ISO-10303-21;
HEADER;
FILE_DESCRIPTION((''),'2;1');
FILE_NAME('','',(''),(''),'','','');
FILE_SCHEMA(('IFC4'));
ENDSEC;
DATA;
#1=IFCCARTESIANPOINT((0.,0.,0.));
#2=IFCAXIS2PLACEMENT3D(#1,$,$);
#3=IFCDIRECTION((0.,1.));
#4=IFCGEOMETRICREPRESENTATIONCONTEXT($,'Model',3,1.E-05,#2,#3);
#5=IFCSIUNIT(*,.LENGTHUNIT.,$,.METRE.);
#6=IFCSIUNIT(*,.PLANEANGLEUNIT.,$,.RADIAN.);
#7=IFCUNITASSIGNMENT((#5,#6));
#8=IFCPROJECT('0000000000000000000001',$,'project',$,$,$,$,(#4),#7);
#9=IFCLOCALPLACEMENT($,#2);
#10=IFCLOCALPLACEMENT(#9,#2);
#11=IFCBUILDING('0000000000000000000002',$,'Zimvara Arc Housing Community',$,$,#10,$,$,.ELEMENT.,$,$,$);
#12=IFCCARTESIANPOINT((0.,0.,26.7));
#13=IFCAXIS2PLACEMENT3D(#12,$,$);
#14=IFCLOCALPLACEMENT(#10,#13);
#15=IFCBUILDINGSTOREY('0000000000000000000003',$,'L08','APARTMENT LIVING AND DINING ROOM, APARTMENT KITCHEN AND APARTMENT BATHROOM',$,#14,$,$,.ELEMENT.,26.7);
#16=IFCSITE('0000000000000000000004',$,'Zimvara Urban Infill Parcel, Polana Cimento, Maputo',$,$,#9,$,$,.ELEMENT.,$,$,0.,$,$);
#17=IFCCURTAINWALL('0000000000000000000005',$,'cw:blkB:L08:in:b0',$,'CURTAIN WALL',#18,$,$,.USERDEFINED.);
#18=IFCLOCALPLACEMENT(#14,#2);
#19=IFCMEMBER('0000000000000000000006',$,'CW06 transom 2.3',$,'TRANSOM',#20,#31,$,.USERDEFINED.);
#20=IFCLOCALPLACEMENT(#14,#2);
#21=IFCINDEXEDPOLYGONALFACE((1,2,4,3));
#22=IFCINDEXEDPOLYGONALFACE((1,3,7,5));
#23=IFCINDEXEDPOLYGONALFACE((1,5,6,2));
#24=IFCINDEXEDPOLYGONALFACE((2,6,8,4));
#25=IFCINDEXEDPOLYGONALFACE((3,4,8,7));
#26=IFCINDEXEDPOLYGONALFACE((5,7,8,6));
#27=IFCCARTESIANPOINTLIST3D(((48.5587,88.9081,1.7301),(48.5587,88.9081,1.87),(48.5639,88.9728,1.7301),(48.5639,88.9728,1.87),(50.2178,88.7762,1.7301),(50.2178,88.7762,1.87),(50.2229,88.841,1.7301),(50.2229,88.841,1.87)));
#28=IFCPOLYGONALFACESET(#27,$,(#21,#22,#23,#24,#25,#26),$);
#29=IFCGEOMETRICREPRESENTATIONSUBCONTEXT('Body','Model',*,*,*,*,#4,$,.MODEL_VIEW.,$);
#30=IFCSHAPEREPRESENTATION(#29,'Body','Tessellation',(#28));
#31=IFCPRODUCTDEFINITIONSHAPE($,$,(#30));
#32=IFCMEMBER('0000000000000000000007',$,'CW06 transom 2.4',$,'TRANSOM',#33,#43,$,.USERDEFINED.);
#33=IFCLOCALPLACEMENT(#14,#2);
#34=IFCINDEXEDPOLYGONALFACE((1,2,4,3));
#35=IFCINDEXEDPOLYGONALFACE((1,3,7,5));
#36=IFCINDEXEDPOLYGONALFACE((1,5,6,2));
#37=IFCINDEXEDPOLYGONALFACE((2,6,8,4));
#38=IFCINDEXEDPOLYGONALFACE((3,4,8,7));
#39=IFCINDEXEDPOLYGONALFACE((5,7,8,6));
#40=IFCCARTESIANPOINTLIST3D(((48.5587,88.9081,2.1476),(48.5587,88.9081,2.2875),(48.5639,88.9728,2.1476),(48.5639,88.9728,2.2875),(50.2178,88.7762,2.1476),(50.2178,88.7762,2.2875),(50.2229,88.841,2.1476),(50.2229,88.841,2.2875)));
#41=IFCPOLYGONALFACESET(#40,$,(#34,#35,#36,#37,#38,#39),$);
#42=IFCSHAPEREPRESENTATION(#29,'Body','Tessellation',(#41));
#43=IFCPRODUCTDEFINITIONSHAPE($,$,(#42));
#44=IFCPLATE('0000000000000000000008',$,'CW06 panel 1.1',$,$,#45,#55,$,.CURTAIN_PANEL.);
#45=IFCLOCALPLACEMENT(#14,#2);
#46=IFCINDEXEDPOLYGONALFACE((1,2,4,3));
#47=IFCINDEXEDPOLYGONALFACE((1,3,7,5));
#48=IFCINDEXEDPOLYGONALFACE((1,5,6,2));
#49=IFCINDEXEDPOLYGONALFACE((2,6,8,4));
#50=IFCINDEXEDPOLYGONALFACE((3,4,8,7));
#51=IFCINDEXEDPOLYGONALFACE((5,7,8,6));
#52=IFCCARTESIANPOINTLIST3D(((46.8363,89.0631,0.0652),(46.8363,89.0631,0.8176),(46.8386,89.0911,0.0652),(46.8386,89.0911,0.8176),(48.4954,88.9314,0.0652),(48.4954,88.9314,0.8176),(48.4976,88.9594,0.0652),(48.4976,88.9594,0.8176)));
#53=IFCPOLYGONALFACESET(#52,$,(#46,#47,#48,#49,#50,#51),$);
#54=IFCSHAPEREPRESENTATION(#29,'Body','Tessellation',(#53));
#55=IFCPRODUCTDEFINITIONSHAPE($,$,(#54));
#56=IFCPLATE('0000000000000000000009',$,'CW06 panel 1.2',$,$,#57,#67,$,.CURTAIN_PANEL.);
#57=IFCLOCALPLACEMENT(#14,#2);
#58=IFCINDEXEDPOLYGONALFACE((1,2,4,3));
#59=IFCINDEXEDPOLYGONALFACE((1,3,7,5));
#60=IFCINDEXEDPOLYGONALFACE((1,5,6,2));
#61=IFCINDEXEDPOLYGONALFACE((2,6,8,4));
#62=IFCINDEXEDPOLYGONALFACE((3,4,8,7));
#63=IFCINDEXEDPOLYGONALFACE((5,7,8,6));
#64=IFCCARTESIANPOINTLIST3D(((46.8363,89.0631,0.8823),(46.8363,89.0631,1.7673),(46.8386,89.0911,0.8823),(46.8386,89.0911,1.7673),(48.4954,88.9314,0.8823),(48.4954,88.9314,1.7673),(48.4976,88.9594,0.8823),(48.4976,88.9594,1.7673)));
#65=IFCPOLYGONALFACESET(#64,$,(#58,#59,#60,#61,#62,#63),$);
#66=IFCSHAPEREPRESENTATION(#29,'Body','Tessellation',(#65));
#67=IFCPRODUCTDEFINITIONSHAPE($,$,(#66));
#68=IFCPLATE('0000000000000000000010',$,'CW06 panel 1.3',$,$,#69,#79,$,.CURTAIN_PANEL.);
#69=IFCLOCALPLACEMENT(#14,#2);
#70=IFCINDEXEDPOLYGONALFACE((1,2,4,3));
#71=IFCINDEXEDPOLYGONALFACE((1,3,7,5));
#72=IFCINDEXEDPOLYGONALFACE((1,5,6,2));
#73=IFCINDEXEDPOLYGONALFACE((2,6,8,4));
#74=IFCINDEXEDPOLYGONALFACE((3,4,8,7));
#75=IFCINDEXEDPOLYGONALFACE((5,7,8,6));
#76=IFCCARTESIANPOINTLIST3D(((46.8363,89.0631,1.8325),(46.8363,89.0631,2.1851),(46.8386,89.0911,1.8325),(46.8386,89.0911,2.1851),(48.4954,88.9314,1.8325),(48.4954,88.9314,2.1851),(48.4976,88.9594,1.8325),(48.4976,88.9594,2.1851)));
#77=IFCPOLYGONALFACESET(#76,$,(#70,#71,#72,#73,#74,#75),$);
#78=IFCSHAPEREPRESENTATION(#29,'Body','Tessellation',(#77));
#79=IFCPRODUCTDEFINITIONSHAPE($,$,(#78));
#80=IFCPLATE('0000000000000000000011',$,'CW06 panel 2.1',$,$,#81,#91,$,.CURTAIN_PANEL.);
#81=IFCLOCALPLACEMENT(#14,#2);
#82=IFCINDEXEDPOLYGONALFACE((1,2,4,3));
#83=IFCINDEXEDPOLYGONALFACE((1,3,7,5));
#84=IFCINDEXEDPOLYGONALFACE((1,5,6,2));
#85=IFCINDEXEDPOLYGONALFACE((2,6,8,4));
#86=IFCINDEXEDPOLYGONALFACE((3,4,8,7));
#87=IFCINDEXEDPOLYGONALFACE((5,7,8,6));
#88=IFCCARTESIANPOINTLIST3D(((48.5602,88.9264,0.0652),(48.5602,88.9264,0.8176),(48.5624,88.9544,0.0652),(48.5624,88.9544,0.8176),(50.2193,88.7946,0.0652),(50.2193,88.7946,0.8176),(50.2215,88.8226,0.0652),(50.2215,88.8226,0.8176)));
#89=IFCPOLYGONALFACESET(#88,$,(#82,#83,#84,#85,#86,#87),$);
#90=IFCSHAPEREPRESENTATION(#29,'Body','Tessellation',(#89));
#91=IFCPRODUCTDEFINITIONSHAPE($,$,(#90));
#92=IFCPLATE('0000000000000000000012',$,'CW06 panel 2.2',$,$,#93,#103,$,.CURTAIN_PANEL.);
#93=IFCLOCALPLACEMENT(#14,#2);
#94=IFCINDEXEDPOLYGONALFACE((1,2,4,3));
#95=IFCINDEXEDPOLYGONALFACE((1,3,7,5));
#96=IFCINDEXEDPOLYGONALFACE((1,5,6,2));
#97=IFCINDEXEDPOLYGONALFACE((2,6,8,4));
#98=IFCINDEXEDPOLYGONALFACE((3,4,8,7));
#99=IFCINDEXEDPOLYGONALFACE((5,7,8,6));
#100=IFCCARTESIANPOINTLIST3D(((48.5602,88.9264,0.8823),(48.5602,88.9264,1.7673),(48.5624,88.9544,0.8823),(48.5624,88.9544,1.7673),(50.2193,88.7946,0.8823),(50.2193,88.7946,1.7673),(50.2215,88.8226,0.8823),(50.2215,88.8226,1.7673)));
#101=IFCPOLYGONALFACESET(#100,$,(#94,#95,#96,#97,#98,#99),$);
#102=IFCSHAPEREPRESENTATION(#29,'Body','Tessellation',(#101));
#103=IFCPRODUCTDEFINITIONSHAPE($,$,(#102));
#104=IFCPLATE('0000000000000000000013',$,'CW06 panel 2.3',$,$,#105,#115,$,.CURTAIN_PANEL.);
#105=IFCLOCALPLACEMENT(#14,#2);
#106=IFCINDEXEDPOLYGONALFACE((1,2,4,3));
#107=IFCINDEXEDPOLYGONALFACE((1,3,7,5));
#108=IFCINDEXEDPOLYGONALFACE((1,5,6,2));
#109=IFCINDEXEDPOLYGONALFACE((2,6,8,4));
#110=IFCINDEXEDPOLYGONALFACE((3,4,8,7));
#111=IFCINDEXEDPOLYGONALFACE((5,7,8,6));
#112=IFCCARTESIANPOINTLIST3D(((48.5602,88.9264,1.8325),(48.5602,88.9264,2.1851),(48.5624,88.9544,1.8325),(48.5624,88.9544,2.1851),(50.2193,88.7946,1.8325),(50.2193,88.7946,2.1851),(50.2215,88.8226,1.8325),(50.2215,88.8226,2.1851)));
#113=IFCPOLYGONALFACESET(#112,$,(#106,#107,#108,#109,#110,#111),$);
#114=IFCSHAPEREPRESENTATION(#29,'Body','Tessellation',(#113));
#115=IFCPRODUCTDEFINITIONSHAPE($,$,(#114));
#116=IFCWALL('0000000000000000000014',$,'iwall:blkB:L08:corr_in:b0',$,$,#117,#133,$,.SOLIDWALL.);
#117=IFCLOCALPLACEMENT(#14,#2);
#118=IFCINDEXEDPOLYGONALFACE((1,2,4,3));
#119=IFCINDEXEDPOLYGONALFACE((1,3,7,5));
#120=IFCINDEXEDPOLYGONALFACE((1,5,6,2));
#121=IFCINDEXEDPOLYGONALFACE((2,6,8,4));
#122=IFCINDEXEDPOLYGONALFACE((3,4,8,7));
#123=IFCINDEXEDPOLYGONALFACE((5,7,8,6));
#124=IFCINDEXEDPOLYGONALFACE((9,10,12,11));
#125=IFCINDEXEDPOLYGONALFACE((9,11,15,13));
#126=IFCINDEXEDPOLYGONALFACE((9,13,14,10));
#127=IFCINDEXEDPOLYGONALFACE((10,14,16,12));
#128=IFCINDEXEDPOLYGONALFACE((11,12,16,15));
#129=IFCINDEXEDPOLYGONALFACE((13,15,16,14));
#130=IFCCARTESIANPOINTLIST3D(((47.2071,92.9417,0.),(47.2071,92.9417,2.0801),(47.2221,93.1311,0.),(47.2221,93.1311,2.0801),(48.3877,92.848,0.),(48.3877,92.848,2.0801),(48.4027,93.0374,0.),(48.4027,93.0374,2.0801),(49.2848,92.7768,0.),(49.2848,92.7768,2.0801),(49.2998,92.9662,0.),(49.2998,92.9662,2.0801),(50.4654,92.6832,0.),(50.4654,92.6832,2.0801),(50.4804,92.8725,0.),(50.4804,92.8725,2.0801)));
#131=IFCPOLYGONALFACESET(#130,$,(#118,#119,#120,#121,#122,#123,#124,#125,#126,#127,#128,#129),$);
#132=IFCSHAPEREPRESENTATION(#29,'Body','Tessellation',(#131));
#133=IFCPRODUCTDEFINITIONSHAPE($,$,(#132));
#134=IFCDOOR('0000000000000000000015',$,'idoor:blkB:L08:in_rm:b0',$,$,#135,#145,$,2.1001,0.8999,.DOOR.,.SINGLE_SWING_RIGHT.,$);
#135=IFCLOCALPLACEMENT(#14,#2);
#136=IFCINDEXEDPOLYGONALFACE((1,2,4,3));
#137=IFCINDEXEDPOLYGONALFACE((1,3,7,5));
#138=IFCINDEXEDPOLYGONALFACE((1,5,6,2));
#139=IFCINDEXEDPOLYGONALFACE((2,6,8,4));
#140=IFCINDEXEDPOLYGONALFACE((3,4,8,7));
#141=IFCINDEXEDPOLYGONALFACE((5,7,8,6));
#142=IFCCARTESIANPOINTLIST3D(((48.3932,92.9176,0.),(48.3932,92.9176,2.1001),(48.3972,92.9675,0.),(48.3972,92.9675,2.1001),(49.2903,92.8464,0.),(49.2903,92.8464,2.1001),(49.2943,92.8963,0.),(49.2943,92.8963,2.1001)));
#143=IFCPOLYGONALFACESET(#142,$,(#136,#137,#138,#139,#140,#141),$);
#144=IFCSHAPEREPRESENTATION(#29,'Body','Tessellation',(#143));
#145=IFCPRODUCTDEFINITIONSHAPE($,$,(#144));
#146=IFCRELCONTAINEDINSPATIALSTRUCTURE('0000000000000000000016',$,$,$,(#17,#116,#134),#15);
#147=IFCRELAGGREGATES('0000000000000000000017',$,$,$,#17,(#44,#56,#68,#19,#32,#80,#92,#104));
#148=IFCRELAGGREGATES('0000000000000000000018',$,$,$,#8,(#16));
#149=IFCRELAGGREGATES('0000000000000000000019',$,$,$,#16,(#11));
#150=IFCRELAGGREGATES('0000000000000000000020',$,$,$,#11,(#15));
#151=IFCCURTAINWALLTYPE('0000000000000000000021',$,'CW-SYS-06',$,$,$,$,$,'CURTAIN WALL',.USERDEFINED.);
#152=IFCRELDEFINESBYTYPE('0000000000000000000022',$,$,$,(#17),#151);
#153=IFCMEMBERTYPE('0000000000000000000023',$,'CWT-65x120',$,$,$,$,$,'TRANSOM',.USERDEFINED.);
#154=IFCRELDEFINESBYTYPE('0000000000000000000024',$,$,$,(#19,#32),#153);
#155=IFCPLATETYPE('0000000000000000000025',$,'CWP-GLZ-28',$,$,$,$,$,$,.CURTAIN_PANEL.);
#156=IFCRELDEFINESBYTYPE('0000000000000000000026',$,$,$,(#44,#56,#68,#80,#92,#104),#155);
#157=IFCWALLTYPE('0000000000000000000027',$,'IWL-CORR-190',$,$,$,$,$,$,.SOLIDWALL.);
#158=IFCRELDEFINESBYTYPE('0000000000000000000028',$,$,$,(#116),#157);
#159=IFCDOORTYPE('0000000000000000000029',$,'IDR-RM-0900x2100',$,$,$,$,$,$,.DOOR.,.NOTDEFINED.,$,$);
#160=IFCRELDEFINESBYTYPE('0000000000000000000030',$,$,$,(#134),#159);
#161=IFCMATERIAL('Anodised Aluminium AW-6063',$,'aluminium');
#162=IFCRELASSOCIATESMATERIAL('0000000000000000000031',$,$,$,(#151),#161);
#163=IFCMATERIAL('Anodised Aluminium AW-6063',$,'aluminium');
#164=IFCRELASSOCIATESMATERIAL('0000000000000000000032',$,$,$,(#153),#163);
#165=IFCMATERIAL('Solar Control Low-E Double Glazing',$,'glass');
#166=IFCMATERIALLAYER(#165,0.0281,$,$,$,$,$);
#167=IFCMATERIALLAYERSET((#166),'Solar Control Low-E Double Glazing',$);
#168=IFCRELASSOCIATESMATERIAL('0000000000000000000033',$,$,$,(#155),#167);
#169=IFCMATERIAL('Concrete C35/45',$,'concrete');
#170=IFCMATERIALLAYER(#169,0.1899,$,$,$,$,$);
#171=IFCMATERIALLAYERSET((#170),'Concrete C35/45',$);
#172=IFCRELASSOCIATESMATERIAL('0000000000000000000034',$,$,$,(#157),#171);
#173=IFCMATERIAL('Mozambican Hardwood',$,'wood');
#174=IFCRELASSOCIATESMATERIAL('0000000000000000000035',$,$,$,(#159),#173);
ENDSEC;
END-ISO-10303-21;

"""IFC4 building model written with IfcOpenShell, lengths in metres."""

from ifc_helpers import new_model, si_unit, direction, frame, frame_2d, origin, origin_2d, place, context, subcontext, project, spatial, rectangle, extrude, material, layer, layer_set, material_profile, profile_set, type_object, element, fill, aggregate, save


model = new_model("IFC4")

# Units and contexts
model_context = context("Model", 3, precision=1e-05, world=origin(), true_north=direction((0.0, 1.0)))
body_context = subcontext(model_context, "Body", "Model", "MODEL_VIEW")
ifc_project = project(units=[si_unit("LENGTHUNIT", "METRE"), si_unit("PLANEANGLEUNIT", "RADIAN")], contexts=[model_context])

# Site, building, storey
site_placement = place(None, origin())
site = spatial("IfcSite", under=ifc_project, at=site_placement, Name="Zimvara Urban Infill Parcel, Polana Cimento, Maputo", CompositionType="ELEMENT", RefElevation=0.0)
building_placement = place(site_placement, origin())
building = spatial("IfcBuilding", under=site, at=building_placement, Name="Zimvara Arc Housing Community", CompositionType="ELEMENT")
storey_placement = place(building_placement, frame((0.0, 0.0, 26.7)))
storey = spatial("IfcBuildingStorey", under=building, at=storey_placement, Name="L08", Description="APARTMENT LIVING AND DINING ROOM, APARTMENT KITCHEN AND APARTMENT BATHROOM", CompositionType="ELEMENT", Elevation=26.7)

# Curtain wall, members, plates
ifc_material_1 = material(Name="Anodised Aluminium AW-6063", Category="aluminium")
curtain_wall_type = type_object("IfcCurtainWallType", Name="CW-SYS-06", ElementType="CURTAIN WALL", PredefinedType="USERDEFINED", material=ifc_material_1)
curtain_wall_placement = place(storey_placement, origin())
curtain_wall = element("IfcCurtainWall", 1, at=curtain_wall_placement, inside=storey, type_object=curtain_wall_type, Name="cw:blkB:L08:in:b0", ObjectType="CURTAIN WALL", PredefinedType="USERDEFINED")
ifc_material_2 = material(Name="Anodised Aluminium AW-6063", Category="aluminium")
ifc_material_profile_1 = material_profile(ifc_material_2, rectangle(XDim=0.0649, YDim=0.1399, at=origin_2d()), Name="ALU 65x140")
ifc_profile_set_1 = profile_set([ifc_material_profile_1], Name="Anodised Aluminium AW-6063")
member_type_1 = type_object("IfcMemberType", Name="CWT-65x120", ElementType="TRANSOM", PredefinedType="USERDEFINED", material=ifc_profile_set_1)
member_1_placement = place(storey_placement, frame((48.5613, 88.9404, 1.8), z_axis=(0.996858, -0.079209, 0.0), x_axis=(0.079209, 0.996858, 0.0)))
member_1 = element("IfcMember", 2, at=member_1_placement, type_object=member_type_1, Name="CW06 transom 2.3", ObjectType="TRANSOM", PredefinedType="USERDEFINED", context=body_context, shape_type="SweptSolid", body=[
    extrude(rectangle(XDim=0.0649, YDim=0.1399, at=origin_2d()), origin(), (0.0, 0.0, 1.0), 1.6643),
])
member_2_placement = place(storey_placement, frame((48.5613, 88.9404, 2.2175), z_axis=(0.996858, -0.079209, 0.0), x_axis=(0.079209, 0.996858, 0.0)))
member_2 = element("IfcMember", 3, at=member_2_placement, type_object=member_type_1, Name="CW06 transom 2.4", ObjectType="TRANSOM", PredefinedType="USERDEFINED", context=body_context, shape_type="SweptSolid", body=[
    extrude(rectangle(XDim=0.0649, YDim=0.1399, at=origin_2d()), origin(), (0.0, 0.0, 1.0), 1.6643),
])
ifc_material_3 = material(Name="Solar Control Low-E Double Glazing", Category="glass")
ifc_layer_1 = layer(ifc_material_3, 0.0281)
ifc_layer_set_1 = layer_set([ifc_layer_1], Name="Solar Control Low-E Double Glazing")
plate_type = type_object("IfcPlateType", Name="CWP-GLZ-28", PredefinedType="CURTAIN_PANEL", material=ifc_layer_set_1)
plate_1_placement = place(storey_placement, frame((47.667, 89.0112, 0.0652), z_axis=(0.0, 0.0, 1.0), x_axis=(0.996862, -0.079155, 0.0)))
plate_1 = element("IfcPlate", 4, at=plate_1_placement, type_object=plate_type, Name="CW06 panel 1.1", PredefinedType="CURTAIN_PANEL", context=body_context, shape_type="SweptSolid", body=[
    extrude(rectangle(XDim=1.6643, YDim=0.0281, at=origin_2d()), origin(), (0.0, 0.0, 1.0), 0.7524),
])
plate_2_placement = place(storey_placement, frame((47.667, 89.0112, 0.8823), z_axis=(0.0, 0.0, 1.0), x_axis=(0.996862, -0.079155, 0.0)))
plate_2 = element("IfcPlate", 5, at=plate_2_placement, type_object=plate_type, Name="CW06 panel 1.2", PredefinedType="CURTAIN_PANEL", context=body_context, shape_type="SweptSolid", body=[
    extrude(rectangle(XDim=1.6643, YDim=0.0281, at=origin_2d()), origin(), (0.0, 0.0, 1.0), 0.885),
])
plate_3_placement = place(storey_placement, frame((47.667, 89.0112, 1.8325), z_axis=(0.0, 0.0, 1.0), x_axis=(0.996862, -0.079155, 0.0)))
plate_3 = element("IfcPlate", 6, at=plate_3_placement, type_object=plate_type, Name="CW06 panel 1.3", PredefinedType="CURTAIN_PANEL", context=body_context, shape_type="SweptSolid", body=[
    extrude(rectangle(XDim=1.6643, YDim=0.0281, at=origin_2d()), origin(), (0.0, 0.0, 1.0), 0.3525),
])
plate_4_placement = place(storey_placement, frame((49.3909, 88.8745, 0.0652), z_axis=(0.0, 0.0, 1.0), x_axis=(0.996862, -0.079155, 0.0)))
plate_4 = element("IfcPlate", 7, at=plate_4_placement, type_object=plate_type, Name="CW06 panel 2.1", PredefinedType="CURTAIN_PANEL", context=body_context, shape_type="SweptSolid", body=[
    extrude(rectangle(XDim=1.6643, YDim=0.0281, at=origin_2d()), origin(), (0.0, 0.0, 1.0), 0.7524),
])
plate_5_placement = place(storey_placement, frame((49.3909, 88.8745, 0.8823), z_axis=(0.0, 0.0, 1.0), x_axis=(0.996862, -0.079155, 0.0)))
plate_5 = element("IfcPlate", 8, at=plate_5_placement, type_object=plate_type, Name="CW06 panel 2.2", PredefinedType="CURTAIN_PANEL", context=body_context, shape_type="SweptSolid", body=[
    extrude(rectangle(XDim=1.6643, YDim=0.0281, at=origin_2d()), origin(), (0.0, 0.0, 1.0), 0.885),
])
plate_6_placement = place(storey_placement, frame((49.3909, 88.8745, 1.8325), z_axis=(0.0, 0.0, 1.0), x_axis=(0.996862, -0.079155, 0.0)))
plate_6 = element("IfcPlate", 9, at=plate_6_placement, type_object=plate_type, Name="CW06 panel 2.3", PredefinedType="CURTAIN_PANEL", context=body_context, shape_type="SweptSolid", body=[
    extrude(rectangle(XDim=1.6643, YDim=0.0281, at=origin_2d()), origin(), (0.0, 0.0, 1.0), 0.3525),
])
aggregate(curtain_wall, [plate_1, plate_2, plate_3, member_1, member_2, plate_4, plate_5, plate_6])

# Wall, opening, door
ifc_material_4 = material(Name="Concrete C35/45", Category="concrete")
ifc_layer_2 = layer(ifc_material_4, 0.1899)
ifc_layer_set_2 = layer_set([ifc_layer_2], Name="Concrete C35/45")
wall_type_1 = type_object("IfcWallType", Name="IWL-CORR-190", PredefinedType="SOLIDWALL", material=ifc_layer_set_2)
wall_1_placement = place(storey_placement, frame((47.2146, 93.0364, 0.0), z_axis=(0.0, 0.0, 1.0), x_axis=(0.996867, -0.079101, 0.0)))
wall_1 = element("IfcWall", 10, at=wall_1_placement, inside=storey, type_object=wall_type_1, Name="iwall:blkB:L08:corr_in:b0", PredefinedType="SOLIDWALL", context=body_context, shape_type="SweptSolid", body=[
    extrude(rectangle(XDim=3.2686, YDim=0.1899, at=frame_2d((1.6343, 0.0))), origin(), (0.0, 0.0, 1.0), 2.0801),
])
opening_1_placement = place(wall_1_placement, frame((1.1843, 0.0, 0.0)))
opening_1 = element("IfcOpeningElement", 11, at=opening_1_placement, cuts=wall_1, PredefinedType="OPENING", context=body_context, shape_type="SweptSolid", body=[
    extrude(rectangle(XDim=0.8999, YDim=2.1001, at=frame_2d((0.45, 1.05))), frame((0.0, 0.105, 0.0), z_axis=(0.0, -1.0, 0.0), x_axis=(1.0, 0.0, 0.0)), (0.0, 0.0, 1.0), 0.21),
])
ifc_material_5 = material(Name="Mozambican Hardwood", Category="wood")
door_type_1 = type_object("IfcDoorType", Name="IDR-RM-0900x2100", OperationType="NOTDEFINED", PredefinedType="DOOR", material=ifc_material_5)
door_1_placement = place(opening_1_placement, origin())
door_1 = element("IfcDoor", 12, at=door_1_placement, inside=storey, type_object=door_type_1, Name="idoor:blkB:L08:in_rm:b0", OperationType="SINGLE_SWING_RIGHT", OverallHeight=2.1001, OverallWidth=0.8999, PredefinedType="DOOR", context=body_context, shape_type="SweptSolid", body=[
    extrude(rectangle(XDim=0.8999, YDim=2.1001, at=frame_2d((0.45, 1.05))), frame((0.0, 0.0249, 0.0), z_axis=(0.0, -1.0, 0.0), x_axis=(1.0, 0.0, 0.0)), (0.0, 0.0, 1.0), 0.05),
])
fill(opening_1, door_1)

save(model, "model.ifc")
